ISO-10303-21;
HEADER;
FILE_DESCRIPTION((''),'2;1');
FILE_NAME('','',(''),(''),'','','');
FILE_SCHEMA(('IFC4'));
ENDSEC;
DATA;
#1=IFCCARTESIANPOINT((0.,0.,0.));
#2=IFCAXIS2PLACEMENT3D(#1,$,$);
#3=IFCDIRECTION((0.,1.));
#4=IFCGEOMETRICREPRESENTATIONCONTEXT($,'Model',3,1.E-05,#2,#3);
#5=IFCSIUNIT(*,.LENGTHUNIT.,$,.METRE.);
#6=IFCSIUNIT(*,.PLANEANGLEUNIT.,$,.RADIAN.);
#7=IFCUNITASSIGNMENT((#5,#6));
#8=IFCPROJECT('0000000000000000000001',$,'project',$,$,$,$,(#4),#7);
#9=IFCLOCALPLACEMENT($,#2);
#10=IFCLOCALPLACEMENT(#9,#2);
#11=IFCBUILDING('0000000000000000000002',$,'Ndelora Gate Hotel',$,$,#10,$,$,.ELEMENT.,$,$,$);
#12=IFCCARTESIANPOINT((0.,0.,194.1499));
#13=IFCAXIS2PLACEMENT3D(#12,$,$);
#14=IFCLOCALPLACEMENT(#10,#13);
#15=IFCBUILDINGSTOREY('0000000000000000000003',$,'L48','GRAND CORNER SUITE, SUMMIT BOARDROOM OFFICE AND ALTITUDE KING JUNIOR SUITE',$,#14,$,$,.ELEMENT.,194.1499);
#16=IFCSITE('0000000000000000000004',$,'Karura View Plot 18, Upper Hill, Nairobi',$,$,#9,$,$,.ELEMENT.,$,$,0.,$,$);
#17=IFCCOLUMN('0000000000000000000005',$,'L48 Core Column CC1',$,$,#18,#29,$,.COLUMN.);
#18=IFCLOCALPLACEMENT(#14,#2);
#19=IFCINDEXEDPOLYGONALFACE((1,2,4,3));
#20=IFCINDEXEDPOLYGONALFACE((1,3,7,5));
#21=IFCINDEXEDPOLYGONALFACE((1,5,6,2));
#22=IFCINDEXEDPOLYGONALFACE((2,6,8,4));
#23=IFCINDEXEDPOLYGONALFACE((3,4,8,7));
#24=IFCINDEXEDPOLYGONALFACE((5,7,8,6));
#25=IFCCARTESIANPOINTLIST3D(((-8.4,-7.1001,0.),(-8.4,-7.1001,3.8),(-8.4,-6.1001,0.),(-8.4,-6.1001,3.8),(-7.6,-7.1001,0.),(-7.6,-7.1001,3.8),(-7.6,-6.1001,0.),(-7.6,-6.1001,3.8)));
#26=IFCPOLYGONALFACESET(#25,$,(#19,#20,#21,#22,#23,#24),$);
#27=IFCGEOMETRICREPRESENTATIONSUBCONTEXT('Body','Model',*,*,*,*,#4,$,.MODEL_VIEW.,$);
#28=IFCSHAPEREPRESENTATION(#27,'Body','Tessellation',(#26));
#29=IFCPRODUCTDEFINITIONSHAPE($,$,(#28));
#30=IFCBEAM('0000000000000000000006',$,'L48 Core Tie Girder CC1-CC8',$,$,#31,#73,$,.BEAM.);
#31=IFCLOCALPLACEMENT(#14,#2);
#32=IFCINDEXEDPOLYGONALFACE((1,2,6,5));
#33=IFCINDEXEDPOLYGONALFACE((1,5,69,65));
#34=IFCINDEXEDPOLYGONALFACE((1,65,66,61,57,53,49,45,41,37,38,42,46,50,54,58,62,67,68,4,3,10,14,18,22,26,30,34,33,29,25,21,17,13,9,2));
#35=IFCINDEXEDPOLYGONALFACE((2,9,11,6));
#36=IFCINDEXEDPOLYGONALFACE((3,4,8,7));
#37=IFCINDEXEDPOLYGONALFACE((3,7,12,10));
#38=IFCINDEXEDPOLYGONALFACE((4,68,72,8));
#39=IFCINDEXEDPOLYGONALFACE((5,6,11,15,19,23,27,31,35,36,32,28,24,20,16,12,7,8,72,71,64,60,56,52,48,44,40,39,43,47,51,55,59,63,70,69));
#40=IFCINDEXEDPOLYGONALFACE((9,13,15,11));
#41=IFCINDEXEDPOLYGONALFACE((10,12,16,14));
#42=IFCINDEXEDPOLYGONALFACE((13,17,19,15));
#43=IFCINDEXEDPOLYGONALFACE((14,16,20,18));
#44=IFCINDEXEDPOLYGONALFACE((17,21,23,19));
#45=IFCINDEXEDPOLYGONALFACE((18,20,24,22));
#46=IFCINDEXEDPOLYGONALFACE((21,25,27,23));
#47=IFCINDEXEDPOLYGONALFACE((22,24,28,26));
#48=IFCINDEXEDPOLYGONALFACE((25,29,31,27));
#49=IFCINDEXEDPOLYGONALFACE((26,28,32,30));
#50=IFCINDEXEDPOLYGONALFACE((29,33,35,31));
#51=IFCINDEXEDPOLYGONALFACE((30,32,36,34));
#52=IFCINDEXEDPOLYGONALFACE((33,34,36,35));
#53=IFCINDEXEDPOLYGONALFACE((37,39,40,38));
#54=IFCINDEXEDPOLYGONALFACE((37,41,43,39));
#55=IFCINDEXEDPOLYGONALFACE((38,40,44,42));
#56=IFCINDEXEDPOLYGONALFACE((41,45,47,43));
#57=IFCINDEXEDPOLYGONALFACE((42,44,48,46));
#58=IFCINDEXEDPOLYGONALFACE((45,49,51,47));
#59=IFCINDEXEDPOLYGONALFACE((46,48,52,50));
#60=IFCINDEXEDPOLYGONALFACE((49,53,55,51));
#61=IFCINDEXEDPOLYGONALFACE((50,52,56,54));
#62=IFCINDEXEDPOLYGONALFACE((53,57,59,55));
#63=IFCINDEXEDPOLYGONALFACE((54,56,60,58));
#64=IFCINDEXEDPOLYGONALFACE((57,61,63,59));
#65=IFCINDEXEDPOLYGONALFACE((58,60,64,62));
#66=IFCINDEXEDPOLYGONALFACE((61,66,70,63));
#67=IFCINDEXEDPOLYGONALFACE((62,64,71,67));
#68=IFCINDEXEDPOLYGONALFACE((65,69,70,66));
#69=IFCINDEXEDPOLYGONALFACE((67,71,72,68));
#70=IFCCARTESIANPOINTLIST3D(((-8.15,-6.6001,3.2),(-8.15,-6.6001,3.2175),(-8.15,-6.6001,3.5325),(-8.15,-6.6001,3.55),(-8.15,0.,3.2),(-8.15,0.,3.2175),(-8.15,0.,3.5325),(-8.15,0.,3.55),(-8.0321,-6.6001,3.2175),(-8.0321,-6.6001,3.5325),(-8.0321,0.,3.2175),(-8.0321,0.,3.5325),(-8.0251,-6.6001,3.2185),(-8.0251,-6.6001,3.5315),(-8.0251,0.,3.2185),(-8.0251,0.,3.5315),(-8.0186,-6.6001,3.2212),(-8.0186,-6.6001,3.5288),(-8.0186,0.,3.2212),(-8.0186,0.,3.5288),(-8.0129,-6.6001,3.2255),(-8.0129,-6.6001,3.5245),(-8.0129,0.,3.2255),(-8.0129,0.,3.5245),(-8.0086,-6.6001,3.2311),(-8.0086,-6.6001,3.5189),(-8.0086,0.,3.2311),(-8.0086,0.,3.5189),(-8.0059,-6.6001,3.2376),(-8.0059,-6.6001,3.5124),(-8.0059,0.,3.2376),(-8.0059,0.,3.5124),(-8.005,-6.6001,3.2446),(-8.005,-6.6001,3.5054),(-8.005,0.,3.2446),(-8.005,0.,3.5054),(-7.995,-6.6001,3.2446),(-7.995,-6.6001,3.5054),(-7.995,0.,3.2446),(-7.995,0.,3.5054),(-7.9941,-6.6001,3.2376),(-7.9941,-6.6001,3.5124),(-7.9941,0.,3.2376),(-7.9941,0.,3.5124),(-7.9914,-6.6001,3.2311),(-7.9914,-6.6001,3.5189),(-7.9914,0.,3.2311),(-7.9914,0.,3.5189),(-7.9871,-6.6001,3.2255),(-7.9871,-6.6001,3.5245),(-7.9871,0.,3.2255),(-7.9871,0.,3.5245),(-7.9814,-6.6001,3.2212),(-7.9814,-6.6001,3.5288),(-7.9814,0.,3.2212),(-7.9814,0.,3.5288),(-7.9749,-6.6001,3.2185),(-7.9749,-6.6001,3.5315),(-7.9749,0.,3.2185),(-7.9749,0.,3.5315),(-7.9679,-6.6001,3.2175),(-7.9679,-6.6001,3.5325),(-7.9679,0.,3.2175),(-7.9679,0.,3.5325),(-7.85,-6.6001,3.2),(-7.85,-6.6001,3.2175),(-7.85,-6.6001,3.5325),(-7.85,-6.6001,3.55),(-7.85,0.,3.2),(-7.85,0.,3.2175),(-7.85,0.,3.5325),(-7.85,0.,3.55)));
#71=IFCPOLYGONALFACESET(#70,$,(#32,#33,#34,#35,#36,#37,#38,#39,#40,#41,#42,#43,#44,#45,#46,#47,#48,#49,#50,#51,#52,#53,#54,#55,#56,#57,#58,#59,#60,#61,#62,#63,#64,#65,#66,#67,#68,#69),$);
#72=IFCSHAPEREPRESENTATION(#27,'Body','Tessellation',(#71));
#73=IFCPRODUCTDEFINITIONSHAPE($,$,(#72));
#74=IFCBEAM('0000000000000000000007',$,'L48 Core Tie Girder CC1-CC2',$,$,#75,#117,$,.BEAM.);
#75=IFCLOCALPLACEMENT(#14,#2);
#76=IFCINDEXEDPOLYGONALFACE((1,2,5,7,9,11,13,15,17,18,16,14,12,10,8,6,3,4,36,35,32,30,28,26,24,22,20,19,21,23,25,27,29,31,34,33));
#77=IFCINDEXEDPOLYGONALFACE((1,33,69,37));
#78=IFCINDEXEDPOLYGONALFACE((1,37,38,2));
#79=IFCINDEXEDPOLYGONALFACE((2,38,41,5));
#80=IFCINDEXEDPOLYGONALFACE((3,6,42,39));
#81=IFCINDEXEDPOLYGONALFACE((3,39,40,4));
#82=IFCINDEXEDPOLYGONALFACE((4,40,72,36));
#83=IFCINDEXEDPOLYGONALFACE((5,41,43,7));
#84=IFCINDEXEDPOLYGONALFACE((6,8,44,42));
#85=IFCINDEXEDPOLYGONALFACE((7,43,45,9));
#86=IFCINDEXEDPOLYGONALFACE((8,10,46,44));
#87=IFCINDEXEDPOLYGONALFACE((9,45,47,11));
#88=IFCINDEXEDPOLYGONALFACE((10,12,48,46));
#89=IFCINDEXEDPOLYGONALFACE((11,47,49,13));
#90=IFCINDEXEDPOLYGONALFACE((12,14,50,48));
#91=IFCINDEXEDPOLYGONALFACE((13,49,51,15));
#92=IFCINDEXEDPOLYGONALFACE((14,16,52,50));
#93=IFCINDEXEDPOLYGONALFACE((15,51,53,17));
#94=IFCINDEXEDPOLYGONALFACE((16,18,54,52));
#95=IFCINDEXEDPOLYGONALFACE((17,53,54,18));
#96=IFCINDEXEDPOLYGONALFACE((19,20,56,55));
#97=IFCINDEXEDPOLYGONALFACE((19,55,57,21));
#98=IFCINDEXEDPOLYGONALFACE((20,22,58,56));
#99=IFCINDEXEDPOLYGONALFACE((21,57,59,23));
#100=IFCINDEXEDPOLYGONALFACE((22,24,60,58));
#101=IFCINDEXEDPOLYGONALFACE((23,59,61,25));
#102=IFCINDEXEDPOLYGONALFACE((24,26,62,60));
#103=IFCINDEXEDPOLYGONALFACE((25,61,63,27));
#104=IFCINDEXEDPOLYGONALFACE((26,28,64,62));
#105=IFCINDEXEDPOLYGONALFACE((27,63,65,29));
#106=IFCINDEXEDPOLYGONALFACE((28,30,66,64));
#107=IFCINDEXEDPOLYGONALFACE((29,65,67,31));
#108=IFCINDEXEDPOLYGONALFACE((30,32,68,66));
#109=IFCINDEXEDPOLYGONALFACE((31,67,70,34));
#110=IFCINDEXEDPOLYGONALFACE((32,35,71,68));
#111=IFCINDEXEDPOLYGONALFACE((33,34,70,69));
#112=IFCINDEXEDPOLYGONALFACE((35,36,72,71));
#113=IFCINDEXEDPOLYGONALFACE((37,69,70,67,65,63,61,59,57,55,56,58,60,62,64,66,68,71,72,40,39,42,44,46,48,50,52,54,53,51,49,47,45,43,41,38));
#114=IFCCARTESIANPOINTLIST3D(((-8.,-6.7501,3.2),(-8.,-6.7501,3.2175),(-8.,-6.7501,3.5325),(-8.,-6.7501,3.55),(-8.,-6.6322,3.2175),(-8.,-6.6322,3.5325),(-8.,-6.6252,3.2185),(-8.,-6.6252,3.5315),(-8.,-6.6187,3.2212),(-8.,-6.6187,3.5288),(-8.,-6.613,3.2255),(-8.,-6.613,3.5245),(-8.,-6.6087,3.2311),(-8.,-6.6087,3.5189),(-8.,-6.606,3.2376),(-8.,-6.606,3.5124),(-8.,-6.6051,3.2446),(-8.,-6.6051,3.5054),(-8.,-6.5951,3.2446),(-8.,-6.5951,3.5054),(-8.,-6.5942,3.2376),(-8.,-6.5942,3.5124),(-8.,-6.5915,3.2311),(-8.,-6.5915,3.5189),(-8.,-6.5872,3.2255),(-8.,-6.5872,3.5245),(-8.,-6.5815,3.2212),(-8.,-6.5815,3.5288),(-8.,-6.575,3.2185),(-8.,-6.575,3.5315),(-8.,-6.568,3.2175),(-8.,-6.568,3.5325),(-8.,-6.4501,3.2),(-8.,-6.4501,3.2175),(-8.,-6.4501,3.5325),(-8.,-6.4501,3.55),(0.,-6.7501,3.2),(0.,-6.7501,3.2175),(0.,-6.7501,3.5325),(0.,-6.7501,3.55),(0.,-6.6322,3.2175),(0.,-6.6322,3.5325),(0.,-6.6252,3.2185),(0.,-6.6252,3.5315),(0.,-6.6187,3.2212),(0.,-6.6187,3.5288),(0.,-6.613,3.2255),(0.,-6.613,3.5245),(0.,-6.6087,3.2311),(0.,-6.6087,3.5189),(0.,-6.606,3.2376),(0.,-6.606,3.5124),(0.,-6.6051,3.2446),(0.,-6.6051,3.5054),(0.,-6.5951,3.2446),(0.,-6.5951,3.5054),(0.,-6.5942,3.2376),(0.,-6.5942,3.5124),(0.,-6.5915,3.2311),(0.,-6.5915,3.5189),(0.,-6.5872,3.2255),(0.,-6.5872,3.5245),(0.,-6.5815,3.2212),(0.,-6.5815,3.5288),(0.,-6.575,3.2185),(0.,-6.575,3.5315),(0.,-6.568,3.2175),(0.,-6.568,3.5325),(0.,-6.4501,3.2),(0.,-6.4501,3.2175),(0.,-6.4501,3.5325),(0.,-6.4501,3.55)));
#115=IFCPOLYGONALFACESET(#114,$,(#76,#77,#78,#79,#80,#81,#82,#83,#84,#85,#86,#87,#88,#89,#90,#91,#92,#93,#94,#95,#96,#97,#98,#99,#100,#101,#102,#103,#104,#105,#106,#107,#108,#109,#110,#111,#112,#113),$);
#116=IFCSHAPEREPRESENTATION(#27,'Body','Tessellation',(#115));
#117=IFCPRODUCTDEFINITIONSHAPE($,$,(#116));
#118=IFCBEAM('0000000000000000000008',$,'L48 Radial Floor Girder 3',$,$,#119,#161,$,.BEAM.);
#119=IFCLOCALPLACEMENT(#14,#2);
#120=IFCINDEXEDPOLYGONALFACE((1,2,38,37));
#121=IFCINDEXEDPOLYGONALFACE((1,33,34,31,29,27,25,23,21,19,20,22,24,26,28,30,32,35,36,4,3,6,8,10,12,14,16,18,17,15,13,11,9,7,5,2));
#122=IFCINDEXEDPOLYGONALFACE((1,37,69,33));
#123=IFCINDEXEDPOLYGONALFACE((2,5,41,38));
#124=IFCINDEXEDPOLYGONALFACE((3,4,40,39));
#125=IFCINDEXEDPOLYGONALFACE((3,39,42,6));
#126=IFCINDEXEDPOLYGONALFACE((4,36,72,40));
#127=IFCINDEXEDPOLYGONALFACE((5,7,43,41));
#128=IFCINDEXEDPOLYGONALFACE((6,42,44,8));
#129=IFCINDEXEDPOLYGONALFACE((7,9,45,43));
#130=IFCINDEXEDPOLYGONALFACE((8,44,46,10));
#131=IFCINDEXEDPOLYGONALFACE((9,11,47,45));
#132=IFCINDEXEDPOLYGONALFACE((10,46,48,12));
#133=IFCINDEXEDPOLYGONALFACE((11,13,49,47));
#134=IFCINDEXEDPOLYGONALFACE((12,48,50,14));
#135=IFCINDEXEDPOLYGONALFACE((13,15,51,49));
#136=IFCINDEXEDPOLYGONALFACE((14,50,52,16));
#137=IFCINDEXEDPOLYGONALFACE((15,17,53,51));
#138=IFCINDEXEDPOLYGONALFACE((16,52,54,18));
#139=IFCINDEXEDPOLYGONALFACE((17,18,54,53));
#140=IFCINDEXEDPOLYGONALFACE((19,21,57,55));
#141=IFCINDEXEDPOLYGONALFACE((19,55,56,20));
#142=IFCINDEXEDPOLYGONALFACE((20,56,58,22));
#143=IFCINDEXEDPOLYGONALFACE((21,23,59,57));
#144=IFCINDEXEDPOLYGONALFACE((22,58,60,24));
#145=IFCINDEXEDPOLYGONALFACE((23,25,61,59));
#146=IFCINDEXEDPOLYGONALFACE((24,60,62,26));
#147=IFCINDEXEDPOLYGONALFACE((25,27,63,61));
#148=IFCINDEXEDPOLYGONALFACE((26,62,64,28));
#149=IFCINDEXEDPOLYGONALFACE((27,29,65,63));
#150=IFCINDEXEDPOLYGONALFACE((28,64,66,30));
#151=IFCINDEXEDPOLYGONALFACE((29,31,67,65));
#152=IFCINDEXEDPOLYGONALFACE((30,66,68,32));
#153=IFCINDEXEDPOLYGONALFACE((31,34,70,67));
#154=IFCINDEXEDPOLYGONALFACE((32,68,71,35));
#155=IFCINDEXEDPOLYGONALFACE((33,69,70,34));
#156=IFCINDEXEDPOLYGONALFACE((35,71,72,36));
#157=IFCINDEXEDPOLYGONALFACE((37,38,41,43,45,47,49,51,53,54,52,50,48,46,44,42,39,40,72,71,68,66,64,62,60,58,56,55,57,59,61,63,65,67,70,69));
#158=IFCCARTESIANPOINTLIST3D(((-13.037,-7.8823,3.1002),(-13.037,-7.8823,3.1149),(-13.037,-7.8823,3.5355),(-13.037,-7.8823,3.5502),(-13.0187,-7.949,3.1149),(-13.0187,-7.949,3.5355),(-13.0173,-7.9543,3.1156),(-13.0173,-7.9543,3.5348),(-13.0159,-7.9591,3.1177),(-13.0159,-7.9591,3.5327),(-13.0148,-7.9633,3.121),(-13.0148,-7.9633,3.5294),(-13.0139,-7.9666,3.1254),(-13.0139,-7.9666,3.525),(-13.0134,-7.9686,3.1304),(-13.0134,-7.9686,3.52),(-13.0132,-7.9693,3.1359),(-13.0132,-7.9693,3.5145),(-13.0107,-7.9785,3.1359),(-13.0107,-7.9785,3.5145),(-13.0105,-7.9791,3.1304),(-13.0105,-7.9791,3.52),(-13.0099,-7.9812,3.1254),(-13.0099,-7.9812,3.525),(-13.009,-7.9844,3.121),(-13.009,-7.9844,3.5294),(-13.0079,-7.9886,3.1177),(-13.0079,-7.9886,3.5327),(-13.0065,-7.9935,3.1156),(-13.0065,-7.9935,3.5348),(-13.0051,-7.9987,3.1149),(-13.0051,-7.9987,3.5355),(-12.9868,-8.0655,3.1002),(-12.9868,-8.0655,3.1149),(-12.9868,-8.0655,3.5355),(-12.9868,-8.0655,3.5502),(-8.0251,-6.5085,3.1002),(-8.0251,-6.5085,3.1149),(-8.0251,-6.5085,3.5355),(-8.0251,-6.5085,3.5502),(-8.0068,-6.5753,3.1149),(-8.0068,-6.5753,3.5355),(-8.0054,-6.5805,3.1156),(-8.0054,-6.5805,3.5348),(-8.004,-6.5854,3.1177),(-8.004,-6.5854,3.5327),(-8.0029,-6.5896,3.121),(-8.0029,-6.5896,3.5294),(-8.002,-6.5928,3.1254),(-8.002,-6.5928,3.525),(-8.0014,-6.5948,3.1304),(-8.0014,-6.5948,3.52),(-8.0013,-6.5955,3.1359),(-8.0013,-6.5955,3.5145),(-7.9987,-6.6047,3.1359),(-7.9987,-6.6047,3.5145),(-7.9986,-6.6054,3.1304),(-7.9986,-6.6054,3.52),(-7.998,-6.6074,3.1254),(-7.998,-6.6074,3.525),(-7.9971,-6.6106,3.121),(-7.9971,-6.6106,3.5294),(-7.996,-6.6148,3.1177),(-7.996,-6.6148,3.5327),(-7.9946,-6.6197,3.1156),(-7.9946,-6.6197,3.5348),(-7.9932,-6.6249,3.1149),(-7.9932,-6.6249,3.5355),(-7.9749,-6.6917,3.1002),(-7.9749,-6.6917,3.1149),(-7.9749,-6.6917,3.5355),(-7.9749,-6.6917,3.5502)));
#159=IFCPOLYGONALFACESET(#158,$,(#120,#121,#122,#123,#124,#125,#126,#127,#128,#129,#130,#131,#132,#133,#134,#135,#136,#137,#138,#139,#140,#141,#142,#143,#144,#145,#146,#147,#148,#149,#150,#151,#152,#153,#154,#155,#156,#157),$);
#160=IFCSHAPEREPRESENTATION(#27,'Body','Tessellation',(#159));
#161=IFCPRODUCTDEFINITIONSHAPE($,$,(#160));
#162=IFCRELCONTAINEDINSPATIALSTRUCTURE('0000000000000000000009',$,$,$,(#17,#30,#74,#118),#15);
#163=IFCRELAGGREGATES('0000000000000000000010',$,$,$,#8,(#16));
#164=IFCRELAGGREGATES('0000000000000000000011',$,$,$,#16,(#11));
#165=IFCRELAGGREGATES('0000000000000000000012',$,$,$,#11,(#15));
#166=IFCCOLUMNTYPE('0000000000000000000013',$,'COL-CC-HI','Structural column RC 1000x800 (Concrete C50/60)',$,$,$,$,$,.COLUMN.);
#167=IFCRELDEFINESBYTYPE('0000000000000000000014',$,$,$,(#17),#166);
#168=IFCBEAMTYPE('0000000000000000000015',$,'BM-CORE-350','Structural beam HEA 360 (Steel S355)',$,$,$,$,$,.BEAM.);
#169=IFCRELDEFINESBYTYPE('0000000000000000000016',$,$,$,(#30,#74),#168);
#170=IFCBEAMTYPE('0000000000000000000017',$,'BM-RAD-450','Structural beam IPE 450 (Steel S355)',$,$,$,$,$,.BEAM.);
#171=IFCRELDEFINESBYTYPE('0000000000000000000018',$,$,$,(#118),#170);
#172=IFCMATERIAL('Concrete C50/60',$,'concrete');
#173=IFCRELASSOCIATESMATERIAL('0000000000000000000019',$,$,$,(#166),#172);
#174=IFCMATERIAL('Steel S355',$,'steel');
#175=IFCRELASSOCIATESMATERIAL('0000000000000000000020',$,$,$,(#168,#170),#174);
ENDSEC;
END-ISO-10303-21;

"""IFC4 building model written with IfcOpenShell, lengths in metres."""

from ifc_helpers import new_model, si_unit, direction, frame, origin, origin_2d, place, context, subcontext, project, spatial, rectangle, i_section, extrude, material, material_profile, profile_set, type_object, element, save


model = new_model("IFC4")

# Units and contexts
model_context = context("Model", 3, precision=1e-05, world=origin(), true_north=direction((0.0, 1.0)))
body_context = subcontext(model_context, "Body", "Model", "MODEL_VIEW")
ifc_project = project(units=[si_unit("LENGTHUNIT", "METRE"), si_unit("PLANEANGLEUNIT", "RADIAN")], contexts=[model_context])

# Site, building, storey
site_placement = place(None, origin())
site = spatial("IfcSite", under=ifc_project, at=site_placement, Name="Karura View Plot 18, Upper Hill, Nairobi", CompositionType="ELEMENT", RefElevation=0.0)
building_placement = place(site_placement, origin())
building = spatial("IfcBuilding", under=site, at=building_placement, Name="Ndelora Gate Hotel", CompositionType="ELEMENT")
storey_placement = place(building_placement, frame((0.0, 0.0, 194.1499)))
storey = spatial("IfcBuildingStorey", under=building, at=storey_placement, Name="L48", Description="GRAND CORNER SUITE, SUMMIT BOARDROOM OFFICE AND ALTITUDE KING JUNIOR SUITE", CompositionType="ELEMENT", Elevation=194.1499)

# Column
ifc_material_1 = material(Name="Concrete C50/60", Category="concrete")
ifc_material_profile_1 = material_profile(ifc_material_1, rectangle(XDim=0.8, YDim=1.0, at=origin_2d()), Name="RC 1000x800")
ifc_profile_set_1 = profile_set([ifc_material_profile_1], Name="Concrete C50/60")
column_type = type_object("IfcColumnType", Name="COL-CC-HI", Description="Structural column RC 1000x800 (Concrete C50/60)", PredefinedType="COLUMN", material=ifc_profile_set_1)
column_placement = place(storey_placement, frame((-8.0, -6.6001, 0.0), z_axis=(0.0, 0.0, 1.0), x_axis=(1.0, 0.0, 0.0)))
element("IfcColumn", 1, at=column_placement, inside=storey, type_object=column_type, Name="L48 Core Column CC1", PredefinedType="COLUMN", context=body_context, shape_type="SweptSolid", body=[
    extrude(rectangle(XDim=0.8, YDim=1.0, at=origin_2d()), origin(), (0.0, 0.0, 1.0), 3.8),
])

# Beams
ifc_material_2 = material(Name="Steel S355", Category="steel")
ifc_material_profile_2 = material_profile(ifc_material_2, i_section(OverallWidth=0.3, OverallDepth=0.3501, WebThickness=0.01, FlangeThickness=0.0176, FilletRadius=0.0271, at=origin_2d()), Name="HEA 360")
ifc_profile_set_2 = profile_set([ifc_material_profile_2], Name="Steel S355")
beam_type_1 = type_object("IfcBeamType", Name="BM-CORE-350", Description="Structural beam HEA 360 (Steel S355)", PredefinedType="BEAM", material=ifc_profile_set_2)
beam_1_placement = place(storey_placement, frame((-8.0, -6.6001, 3.375), z_axis=(0.0, 1.0, 0.0), x_axis=(-1.0, 0.0, 0.0)))
element("IfcBeam", 2, at=beam_1_placement, inside=storey, type_object=beam_type_1, Name="L48 Core Tie Girder CC1-CC8", PredefinedType="BEAM", context=body_context, shape_type="SweptSolid", body=[
    extrude(i_section(OverallWidth=0.3, OverallDepth=0.3501, WebThickness=0.01, FlangeThickness=0.0176, FilletRadius=0.0271, at=origin_2d()), origin(), (0.0, 0.0, 1.0), 6.6001),
])
beam_2_placement = place(storey_placement, frame((-8.0, -6.6001, 3.375), z_axis=(1.0, 0.0, 0.0), x_axis=(0.0, 1.0, 0.0)))
element("IfcBeam", 3, at=beam_2_placement, inside=storey, type_object=beam_type_1, Name="L48 Core Tie Girder CC1-CC2", PredefinedType="BEAM", context=body_context, shape_type="SweptSolid", body=[
    extrude(i_section(OverallWidth=0.3, OverallDepth=0.3501, WebThickness=0.01, FlangeThickness=0.0176, FilletRadius=0.0271, at=origin_2d()), origin(), (0.0, 0.0, 1.0), 8.0),
])
ifc_material_profile_3 = material_profile(ifc_material_2, i_section(OverallWidth=0.1899, OverallDepth=0.45, WebThickness=0.0095, FlangeThickness=0.0146, FilletRadius=0.021, at=origin_2d()), Name="IPE 450")
ifc_profile_set_3 = profile_set([ifc_material_profile_3], Name="Steel S355")
beam_type_2 = type_object("IfcBeamType", Name="BM-RAD-450", Description="Structural beam IPE 450 (Steel S355)", PredefinedType="BEAM", material=ifc_profile_set_3)
beam_3_placement = place(storey_placement, frame((-8.0, -6.6001, 3.3252), z_axis=(-0.964427, -0.264349, 0.0), x_axis=(0.264349, -0.964427, 0.0)))
element("IfcBeam", 4, at=beam_3_placement, inside=storey, type_object=beam_type_2, Name="L48 Radial Floor Girder 3", PredefinedType="BEAM", context=body_context, shape_type="SweptSolid", body=[
    extrude(i_section(OverallWidth=0.1899, OverallDepth=0.45, WebThickness=0.0095, FlangeThickness=0.0146, FilletRadius=0.021, at=origin_2d()), origin(), (0.0, 0.0, 1.0), 5.1968),
])

save(model, "model.ifc")
